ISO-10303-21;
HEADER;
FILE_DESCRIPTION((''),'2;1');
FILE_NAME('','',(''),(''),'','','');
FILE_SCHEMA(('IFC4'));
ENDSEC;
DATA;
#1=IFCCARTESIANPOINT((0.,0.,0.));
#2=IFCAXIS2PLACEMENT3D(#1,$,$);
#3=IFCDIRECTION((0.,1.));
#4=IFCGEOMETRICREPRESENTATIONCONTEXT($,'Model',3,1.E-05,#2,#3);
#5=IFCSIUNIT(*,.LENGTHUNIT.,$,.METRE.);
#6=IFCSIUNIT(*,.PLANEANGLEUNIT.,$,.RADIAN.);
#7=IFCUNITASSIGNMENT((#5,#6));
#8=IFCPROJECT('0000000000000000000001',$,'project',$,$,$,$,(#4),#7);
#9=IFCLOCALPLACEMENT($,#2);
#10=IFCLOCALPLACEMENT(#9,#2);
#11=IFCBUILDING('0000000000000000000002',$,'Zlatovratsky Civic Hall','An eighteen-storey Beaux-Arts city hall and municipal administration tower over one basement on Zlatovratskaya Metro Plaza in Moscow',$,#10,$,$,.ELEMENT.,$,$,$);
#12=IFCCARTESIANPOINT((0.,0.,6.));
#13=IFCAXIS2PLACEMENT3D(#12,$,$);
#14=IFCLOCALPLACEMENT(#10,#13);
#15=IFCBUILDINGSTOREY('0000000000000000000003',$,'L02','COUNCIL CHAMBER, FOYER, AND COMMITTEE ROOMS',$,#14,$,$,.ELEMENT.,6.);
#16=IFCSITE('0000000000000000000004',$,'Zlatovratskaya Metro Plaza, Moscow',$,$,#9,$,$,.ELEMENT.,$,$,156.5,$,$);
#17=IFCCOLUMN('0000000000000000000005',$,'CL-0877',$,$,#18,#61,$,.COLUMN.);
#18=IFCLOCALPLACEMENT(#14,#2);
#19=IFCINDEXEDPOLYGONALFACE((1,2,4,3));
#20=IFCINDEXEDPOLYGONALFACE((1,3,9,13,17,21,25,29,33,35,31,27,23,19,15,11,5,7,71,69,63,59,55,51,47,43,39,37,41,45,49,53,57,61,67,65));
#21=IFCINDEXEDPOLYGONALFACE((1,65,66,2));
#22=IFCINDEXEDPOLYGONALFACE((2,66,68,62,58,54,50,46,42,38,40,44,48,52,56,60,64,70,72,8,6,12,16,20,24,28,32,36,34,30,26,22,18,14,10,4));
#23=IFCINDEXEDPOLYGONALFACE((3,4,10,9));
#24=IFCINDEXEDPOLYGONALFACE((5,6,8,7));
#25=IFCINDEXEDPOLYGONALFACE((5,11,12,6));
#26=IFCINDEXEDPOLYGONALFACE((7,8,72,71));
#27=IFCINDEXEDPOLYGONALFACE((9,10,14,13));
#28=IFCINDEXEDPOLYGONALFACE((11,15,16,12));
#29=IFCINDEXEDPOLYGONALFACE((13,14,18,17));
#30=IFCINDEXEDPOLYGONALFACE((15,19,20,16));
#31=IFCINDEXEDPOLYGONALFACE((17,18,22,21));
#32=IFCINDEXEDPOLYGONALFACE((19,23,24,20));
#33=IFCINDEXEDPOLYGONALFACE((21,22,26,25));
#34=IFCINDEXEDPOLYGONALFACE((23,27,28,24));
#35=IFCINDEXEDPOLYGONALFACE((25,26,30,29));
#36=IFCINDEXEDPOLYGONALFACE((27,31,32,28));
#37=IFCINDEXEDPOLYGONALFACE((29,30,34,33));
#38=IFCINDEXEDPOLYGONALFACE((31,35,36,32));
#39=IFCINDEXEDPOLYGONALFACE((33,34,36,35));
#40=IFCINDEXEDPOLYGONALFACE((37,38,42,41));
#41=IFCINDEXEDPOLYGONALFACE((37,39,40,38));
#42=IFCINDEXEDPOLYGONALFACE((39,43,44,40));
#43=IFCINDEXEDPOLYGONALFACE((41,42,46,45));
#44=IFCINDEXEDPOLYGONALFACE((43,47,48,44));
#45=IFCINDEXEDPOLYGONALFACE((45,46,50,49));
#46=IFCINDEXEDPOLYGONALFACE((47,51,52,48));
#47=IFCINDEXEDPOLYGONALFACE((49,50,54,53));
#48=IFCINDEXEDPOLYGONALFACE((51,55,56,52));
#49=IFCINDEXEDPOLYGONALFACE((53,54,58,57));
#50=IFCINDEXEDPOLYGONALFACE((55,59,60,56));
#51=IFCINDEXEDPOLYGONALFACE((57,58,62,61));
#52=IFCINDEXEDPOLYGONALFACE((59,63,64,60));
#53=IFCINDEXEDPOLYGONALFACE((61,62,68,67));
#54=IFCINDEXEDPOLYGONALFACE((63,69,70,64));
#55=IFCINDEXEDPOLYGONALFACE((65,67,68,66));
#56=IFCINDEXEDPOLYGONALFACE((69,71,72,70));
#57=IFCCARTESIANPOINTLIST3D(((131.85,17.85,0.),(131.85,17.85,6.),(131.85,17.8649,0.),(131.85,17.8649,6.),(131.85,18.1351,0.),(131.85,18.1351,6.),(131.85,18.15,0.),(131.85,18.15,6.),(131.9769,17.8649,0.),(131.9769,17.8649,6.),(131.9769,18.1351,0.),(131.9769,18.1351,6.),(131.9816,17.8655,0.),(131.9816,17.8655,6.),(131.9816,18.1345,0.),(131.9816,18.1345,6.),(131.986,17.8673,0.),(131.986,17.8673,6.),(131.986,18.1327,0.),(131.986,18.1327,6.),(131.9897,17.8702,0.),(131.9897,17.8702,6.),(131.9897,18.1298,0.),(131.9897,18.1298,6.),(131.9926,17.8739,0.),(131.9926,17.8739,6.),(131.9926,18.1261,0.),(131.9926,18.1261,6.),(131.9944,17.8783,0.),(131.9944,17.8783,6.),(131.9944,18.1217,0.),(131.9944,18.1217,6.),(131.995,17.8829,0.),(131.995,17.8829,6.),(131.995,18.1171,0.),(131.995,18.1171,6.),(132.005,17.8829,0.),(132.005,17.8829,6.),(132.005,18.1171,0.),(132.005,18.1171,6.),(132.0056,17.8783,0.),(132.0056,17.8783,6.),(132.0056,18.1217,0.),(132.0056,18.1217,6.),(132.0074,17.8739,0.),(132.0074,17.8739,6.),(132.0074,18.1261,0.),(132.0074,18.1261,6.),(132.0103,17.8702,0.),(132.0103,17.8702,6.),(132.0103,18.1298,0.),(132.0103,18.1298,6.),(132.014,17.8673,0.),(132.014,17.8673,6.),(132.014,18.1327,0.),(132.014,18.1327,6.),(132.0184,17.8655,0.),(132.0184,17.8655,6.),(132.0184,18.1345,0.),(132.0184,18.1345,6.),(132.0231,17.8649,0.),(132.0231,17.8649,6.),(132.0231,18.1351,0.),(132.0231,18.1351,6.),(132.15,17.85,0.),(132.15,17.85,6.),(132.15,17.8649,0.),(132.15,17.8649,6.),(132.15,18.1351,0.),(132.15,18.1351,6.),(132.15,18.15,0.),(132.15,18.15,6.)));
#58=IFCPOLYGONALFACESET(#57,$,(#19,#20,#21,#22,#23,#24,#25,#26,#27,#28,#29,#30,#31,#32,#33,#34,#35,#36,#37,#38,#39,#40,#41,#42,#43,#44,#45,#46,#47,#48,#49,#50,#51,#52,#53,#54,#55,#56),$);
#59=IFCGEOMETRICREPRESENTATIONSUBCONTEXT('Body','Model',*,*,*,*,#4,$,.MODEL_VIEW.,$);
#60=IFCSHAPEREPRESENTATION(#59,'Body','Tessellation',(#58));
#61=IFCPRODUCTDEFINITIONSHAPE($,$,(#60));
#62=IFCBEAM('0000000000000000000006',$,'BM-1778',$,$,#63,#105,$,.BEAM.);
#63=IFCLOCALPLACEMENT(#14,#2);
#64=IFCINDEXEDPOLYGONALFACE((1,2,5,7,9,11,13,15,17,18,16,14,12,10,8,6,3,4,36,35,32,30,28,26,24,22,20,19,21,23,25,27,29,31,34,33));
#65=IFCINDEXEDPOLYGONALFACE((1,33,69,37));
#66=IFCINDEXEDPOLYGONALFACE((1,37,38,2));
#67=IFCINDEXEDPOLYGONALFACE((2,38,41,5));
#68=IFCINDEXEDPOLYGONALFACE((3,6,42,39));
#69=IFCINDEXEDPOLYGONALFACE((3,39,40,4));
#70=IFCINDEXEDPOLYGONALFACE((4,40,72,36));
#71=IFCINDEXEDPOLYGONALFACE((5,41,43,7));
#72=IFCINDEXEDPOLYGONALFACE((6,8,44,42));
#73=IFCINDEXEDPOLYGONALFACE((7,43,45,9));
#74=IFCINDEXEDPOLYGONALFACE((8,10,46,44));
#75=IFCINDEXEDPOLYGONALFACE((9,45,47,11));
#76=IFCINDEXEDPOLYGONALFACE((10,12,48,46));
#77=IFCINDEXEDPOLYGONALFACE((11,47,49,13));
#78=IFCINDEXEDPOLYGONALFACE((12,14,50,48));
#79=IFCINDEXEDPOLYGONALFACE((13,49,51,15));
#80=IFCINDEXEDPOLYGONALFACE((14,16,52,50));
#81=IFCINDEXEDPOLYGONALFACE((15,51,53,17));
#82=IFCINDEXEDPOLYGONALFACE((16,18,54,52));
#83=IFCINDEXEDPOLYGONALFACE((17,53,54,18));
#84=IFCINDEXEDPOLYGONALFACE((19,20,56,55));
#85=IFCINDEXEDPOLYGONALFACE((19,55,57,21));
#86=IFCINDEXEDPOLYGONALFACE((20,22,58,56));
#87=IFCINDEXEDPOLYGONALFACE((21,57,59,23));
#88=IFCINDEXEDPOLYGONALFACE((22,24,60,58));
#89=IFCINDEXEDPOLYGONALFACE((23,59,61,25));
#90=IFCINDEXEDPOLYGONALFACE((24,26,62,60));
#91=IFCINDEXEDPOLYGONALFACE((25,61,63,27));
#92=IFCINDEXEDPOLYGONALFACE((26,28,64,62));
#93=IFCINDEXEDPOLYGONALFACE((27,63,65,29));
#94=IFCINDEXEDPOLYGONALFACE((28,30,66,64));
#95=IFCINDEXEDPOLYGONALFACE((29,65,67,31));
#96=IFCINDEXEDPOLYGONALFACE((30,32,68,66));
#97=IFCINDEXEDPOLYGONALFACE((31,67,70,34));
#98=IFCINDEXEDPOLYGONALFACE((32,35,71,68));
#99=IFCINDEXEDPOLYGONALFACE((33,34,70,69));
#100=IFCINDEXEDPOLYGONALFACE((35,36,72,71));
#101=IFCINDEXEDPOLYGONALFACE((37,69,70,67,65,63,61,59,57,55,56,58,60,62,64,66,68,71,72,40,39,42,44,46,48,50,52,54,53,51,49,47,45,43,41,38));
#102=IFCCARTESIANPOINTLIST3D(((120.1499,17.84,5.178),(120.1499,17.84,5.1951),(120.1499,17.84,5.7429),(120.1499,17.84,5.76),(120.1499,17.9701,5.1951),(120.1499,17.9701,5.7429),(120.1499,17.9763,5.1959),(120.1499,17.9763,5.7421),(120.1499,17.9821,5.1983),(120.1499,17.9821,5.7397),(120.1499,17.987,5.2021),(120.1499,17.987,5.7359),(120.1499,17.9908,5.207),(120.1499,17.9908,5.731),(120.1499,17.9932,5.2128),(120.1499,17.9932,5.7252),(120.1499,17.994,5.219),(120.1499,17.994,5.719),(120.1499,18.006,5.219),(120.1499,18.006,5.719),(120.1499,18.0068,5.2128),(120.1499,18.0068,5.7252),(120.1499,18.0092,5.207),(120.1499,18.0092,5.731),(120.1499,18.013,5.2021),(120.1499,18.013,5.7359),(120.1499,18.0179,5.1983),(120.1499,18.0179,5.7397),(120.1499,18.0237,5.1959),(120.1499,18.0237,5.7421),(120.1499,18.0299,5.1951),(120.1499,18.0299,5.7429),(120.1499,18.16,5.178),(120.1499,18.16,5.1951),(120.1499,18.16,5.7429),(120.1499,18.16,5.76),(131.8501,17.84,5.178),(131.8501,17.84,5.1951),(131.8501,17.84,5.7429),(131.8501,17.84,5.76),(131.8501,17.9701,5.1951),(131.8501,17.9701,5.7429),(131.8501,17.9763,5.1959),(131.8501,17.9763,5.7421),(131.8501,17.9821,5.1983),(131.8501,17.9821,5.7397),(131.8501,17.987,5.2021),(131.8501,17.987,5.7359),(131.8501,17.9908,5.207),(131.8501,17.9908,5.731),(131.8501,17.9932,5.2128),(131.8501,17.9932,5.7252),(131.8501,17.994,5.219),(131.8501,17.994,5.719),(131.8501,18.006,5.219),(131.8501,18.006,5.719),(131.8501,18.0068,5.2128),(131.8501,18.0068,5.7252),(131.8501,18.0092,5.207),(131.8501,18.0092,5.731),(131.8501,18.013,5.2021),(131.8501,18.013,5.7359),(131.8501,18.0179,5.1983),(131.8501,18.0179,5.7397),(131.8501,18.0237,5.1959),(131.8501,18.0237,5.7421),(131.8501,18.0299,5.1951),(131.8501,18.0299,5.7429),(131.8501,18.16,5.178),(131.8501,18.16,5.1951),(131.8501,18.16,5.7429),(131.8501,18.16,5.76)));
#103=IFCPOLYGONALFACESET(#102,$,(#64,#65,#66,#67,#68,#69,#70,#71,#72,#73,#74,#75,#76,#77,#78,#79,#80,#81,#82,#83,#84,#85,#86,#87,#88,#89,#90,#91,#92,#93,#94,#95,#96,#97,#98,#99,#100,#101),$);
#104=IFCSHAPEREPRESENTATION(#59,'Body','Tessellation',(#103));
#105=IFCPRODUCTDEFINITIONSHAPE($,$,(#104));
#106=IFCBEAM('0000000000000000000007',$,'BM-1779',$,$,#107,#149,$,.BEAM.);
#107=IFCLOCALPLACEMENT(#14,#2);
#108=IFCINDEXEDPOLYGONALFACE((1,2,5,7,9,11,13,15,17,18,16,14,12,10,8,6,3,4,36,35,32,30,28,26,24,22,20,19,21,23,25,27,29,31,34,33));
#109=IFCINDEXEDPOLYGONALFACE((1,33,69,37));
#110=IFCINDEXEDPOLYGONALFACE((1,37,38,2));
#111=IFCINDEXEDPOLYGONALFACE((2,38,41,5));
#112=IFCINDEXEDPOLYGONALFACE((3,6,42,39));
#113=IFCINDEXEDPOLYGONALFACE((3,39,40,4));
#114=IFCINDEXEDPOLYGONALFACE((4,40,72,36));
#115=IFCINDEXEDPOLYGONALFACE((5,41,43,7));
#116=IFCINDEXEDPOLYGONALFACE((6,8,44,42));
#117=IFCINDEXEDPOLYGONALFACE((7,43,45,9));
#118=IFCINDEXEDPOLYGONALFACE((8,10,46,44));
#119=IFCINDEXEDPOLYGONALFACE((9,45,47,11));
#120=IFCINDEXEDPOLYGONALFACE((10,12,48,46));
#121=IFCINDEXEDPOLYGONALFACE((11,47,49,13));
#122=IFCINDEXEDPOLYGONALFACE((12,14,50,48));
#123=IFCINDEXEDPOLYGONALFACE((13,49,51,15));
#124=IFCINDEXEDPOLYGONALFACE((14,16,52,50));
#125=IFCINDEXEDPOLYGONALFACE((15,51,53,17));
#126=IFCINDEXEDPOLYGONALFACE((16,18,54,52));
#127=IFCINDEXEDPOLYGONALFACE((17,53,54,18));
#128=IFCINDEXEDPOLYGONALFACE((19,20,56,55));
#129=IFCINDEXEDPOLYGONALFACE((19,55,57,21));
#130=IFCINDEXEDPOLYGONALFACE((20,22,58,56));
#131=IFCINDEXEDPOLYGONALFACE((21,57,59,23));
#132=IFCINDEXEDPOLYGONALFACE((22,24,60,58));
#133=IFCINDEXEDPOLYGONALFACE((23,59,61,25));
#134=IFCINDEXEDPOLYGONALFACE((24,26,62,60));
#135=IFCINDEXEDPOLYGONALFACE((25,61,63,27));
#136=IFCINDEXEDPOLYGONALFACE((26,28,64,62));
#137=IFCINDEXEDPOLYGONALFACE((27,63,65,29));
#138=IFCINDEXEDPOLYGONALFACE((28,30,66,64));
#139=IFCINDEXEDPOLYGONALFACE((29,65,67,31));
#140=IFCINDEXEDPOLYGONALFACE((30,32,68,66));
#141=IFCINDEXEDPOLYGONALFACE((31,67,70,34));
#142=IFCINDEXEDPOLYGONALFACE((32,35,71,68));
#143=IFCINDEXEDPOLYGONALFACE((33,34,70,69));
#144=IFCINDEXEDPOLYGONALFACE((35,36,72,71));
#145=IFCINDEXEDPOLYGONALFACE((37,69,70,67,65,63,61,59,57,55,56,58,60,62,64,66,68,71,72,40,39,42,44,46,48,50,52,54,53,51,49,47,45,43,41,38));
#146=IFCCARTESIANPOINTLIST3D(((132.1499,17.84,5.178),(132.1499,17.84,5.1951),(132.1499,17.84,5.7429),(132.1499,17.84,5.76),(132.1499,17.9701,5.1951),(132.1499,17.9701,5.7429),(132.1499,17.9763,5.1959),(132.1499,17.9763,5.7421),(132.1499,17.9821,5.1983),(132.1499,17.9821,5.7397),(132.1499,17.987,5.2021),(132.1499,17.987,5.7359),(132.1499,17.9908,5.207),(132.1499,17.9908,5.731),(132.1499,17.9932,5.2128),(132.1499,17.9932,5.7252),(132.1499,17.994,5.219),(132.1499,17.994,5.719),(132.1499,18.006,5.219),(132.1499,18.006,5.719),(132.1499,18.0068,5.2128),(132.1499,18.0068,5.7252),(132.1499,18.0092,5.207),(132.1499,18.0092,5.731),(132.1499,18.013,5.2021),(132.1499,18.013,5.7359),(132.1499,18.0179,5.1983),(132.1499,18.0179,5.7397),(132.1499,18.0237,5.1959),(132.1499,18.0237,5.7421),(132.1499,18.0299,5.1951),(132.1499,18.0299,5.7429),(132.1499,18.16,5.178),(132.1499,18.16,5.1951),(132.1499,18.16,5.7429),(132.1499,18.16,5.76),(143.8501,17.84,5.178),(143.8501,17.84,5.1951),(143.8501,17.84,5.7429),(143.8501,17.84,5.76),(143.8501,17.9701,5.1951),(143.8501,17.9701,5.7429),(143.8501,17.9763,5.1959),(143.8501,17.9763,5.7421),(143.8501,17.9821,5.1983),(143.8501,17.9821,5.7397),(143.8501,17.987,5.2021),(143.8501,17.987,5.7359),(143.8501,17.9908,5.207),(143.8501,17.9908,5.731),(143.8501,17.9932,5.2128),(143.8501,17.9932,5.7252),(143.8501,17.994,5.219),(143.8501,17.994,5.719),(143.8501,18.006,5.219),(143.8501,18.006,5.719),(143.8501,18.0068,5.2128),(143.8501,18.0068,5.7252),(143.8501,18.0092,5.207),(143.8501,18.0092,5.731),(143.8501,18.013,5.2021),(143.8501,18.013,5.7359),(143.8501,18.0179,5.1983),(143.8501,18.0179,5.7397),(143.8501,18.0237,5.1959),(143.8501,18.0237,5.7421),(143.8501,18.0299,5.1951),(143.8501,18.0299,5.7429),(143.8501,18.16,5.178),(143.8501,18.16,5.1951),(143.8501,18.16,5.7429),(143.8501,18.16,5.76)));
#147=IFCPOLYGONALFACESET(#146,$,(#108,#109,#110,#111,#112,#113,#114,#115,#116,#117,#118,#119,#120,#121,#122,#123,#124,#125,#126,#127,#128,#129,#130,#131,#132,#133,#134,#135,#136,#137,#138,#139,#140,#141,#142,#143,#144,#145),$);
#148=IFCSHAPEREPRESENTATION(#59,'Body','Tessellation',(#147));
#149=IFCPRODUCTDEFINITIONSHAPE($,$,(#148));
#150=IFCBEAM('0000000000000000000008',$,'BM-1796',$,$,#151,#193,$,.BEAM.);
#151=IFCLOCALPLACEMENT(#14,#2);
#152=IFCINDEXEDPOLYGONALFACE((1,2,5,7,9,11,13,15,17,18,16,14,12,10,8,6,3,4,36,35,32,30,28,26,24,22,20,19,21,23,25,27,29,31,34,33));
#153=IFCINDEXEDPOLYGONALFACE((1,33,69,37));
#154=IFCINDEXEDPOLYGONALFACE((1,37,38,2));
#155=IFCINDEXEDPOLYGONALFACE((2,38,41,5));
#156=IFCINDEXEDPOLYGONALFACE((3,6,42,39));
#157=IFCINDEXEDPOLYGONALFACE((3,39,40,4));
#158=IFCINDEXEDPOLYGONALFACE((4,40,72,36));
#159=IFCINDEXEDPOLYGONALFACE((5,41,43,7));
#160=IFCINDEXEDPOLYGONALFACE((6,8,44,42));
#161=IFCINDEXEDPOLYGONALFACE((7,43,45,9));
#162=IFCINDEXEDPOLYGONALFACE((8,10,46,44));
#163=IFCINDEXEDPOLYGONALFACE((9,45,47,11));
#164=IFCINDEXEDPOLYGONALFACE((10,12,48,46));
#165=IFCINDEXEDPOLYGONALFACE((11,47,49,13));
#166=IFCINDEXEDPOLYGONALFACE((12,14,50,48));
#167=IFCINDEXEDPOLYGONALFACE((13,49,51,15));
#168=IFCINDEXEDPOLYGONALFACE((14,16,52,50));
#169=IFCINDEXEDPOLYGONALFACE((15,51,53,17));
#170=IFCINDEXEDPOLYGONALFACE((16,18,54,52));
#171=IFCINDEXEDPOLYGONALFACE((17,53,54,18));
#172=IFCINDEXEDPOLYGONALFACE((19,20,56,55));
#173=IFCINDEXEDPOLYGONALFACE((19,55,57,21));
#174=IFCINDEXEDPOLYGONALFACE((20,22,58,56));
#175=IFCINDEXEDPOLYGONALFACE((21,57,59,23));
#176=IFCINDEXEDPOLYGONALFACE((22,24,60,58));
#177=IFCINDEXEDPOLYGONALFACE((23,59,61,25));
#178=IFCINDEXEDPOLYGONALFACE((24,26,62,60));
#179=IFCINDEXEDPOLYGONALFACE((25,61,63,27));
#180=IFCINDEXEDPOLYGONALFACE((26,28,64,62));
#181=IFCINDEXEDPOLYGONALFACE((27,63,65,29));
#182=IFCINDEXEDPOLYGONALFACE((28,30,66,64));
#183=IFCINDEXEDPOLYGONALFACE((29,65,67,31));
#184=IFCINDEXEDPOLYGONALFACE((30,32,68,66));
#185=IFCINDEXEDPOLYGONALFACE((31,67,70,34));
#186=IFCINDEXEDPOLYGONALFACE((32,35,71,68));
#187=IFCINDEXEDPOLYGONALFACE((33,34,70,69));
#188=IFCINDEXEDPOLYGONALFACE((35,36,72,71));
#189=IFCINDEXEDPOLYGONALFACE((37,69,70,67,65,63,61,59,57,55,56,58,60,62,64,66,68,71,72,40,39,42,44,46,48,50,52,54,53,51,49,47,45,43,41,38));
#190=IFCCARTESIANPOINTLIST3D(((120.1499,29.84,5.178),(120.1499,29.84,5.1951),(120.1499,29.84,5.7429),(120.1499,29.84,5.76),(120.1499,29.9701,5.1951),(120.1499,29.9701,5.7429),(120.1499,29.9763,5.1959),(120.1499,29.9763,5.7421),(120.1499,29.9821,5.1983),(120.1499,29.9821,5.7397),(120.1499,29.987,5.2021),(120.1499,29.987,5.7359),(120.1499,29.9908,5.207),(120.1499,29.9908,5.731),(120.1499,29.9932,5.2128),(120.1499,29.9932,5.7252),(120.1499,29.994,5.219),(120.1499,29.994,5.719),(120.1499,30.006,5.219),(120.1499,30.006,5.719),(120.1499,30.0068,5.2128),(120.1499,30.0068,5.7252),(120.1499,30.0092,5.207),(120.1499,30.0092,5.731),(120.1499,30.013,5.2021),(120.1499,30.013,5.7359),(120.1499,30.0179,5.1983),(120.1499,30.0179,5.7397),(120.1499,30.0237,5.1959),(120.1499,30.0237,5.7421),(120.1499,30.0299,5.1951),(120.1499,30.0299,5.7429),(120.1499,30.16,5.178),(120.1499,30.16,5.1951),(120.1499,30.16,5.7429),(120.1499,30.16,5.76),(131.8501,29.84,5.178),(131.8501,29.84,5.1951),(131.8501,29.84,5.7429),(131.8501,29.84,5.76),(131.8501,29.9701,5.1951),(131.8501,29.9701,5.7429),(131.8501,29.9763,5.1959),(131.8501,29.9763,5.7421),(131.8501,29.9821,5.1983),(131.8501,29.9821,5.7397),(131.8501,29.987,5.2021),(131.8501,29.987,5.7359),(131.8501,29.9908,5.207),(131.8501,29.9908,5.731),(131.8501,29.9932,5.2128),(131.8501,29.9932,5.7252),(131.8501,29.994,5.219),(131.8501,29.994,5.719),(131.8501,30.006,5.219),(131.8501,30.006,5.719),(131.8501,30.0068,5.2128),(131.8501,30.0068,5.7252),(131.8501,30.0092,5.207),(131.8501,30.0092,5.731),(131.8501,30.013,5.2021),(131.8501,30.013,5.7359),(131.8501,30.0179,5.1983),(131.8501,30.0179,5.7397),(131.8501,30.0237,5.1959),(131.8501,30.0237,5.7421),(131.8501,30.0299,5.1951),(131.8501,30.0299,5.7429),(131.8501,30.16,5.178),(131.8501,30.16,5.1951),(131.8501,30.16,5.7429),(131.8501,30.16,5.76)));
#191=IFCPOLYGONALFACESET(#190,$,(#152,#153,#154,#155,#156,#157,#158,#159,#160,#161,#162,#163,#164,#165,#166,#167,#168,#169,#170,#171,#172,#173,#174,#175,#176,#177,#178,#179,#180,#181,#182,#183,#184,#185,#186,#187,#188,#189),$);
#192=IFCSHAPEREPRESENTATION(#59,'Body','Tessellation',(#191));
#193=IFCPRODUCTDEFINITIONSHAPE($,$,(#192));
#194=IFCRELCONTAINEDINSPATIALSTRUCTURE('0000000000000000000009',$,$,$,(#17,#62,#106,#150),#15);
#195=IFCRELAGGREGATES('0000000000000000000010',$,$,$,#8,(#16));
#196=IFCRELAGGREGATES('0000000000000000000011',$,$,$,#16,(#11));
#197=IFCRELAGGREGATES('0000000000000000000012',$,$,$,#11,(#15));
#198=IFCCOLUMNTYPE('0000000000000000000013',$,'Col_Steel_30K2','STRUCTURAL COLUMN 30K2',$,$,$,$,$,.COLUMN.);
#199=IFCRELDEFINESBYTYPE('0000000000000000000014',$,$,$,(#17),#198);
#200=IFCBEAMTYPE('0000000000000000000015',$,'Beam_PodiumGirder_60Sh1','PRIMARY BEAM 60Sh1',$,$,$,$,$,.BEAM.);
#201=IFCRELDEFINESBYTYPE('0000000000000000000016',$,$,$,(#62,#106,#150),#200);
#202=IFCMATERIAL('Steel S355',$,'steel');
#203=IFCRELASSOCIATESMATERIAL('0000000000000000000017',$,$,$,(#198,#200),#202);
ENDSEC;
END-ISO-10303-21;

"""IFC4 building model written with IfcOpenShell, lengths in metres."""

from ifc_helpers import new_model, si_unit, direction, frame, origin, origin_2d, place, context, subcontext, project, spatial, i_section, extrude, material, material_profile, profile_set, type_object, element, save


model = new_model("IFC4")

# Units and contexts
model_context = context("Model", 3, precision=1e-05, world=origin(), true_north=direction((0.0, 1.0)))
body_context = subcontext(model_context, "Body", "Model", "MODEL_VIEW")
ifc_project = project(units=[si_unit("LENGTHUNIT", "METRE"), si_unit("PLANEANGLEUNIT", "RADIAN")], contexts=[model_context])

# Site, building, storey
site_placement = place(None, origin())
site = spatial("IfcSite", under=ifc_project, at=site_placement, Name="Zlatovratskaya Metro Plaza, Moscow", CompositionType="ELEMENT", RefElevation=156.5)
building_placement = place(site_placement, origin())
building = spatial("IfcBuilding", under=site, at=building_placement, Name="Zlatovratsky Civic Hall", Description="An eighteen-storey Beaux-Arts city hall and municipal administration tower over one basement on Zlatovratskaya Metro Plaza in Moscow", CompositionType="ELEMENT")
storey_placement = place(building_placement, frame((0.0, 0.0, 6.0)))
storey = spatial("IfcBuildingStorey", under=building, at=storey_placement, Name="L02", Description="COUNCIL CHAMBER, FOYER, AND COMMITTEE ROOMS", CompositionType="ELEMENT", Elevation=6.0)

# Column
ifc_material_1 = material(Name="Steel S355", Category="steel")
ifc_material_profile_1 = material_profile(ifc_material_1, i_section(OverallWidth=0.3, OverallDepth=0.3, WebThickness=0.01, FlangeThickness=0.0149, FilletRadius=0.0181, at=origin_2d()), Name="30K2")
ifc_profile_set_1 = profile_set([ifc_material_profile_1], Name="Steel S355")
column_type = type_object("IfcColumnType", Name="Col_Steel_30K2", Description="STRUCTURAL COLUMN 30K2", PredefinedType="COLUMN", material=ifc_profile_set_1)
column_placement = place(storey_placement, frame((132.0, 18.0, 0.0), z_axis=(0.0, 0.0, 1.0), x_axis=(1.0, 0.0, 0.0)))
element("IfcColumn", 1, at=column_placement, inside=storey, type_object=column_type, Name="CL-0877", PredefinedType="COLUMN", context=body_context, shape_type="SweptSolid", body=[
    extrude(i_section(OverallWidth=0.3, OverallDepth=0.3, WebThickness=0.01, FlangeThickness=0.0149, FilletRadius=0.0181, at=origin_2d()), origin(), (0.0, 0.0, 1.0), 6.0),
])

# Beams
ifc_material_profile_2 = material_profile(ifc_material_1, i_section(OverallWidth=0.3201, OverallDepth=0.582, WebThickness=0.012, FlangeThickness=0.0171, FilletRadius=0.0239, at=origin_2d()), Name="60Sh1")
ifc_profile_set_2 = profile_set([ifc_material_profile_2], Name="Steel S355")
beam_type_1 = type_object("IfcBeamType", Name="Beam_PodiumGirder_60Sh1", Description="PRIMARY BEAM 60Sh1", PredefinedType="BEAM", material=ifc_profile_set_2)
for number, where, z_axis, x_axis, name in (
    (2, (120.1499, 18.0, 5.469), (1.0, 0.0, 0.0), (0.0, 1.0, 0.0), "BM-1778"),
    (3, (132.1499, 18.0, 5.469), (1.0, 0.0, 0.0), (0.0, 1.0, 0.0), "BM-1779"),
    (4, (120.1499, 30.0, 5.469), (1.0, 0.0, 0.0), (0.0, 1.0, 0.0), "BM-1796"),
):
    element("IfcBeam", number, at=place(storey_placement, frame(where, z_axis=z_axis, x_axis=x_axis)), inside=storey, type_object=beam_type_1, Name=name, PredefinedType="BEAM", context=body_context, shape_type="SweptSolid", body=[
        extrude(i_section(OverallWidth=0.3201, OverallDepth=0.582, WebThickness=0.012, FlangeThickness=0.0171, FilletRadius=0.0239, at=origin_2d()), origin(), (0.0, 0.0, 1.0), 11.7002),
    ])

save(model, "model.ifc")
